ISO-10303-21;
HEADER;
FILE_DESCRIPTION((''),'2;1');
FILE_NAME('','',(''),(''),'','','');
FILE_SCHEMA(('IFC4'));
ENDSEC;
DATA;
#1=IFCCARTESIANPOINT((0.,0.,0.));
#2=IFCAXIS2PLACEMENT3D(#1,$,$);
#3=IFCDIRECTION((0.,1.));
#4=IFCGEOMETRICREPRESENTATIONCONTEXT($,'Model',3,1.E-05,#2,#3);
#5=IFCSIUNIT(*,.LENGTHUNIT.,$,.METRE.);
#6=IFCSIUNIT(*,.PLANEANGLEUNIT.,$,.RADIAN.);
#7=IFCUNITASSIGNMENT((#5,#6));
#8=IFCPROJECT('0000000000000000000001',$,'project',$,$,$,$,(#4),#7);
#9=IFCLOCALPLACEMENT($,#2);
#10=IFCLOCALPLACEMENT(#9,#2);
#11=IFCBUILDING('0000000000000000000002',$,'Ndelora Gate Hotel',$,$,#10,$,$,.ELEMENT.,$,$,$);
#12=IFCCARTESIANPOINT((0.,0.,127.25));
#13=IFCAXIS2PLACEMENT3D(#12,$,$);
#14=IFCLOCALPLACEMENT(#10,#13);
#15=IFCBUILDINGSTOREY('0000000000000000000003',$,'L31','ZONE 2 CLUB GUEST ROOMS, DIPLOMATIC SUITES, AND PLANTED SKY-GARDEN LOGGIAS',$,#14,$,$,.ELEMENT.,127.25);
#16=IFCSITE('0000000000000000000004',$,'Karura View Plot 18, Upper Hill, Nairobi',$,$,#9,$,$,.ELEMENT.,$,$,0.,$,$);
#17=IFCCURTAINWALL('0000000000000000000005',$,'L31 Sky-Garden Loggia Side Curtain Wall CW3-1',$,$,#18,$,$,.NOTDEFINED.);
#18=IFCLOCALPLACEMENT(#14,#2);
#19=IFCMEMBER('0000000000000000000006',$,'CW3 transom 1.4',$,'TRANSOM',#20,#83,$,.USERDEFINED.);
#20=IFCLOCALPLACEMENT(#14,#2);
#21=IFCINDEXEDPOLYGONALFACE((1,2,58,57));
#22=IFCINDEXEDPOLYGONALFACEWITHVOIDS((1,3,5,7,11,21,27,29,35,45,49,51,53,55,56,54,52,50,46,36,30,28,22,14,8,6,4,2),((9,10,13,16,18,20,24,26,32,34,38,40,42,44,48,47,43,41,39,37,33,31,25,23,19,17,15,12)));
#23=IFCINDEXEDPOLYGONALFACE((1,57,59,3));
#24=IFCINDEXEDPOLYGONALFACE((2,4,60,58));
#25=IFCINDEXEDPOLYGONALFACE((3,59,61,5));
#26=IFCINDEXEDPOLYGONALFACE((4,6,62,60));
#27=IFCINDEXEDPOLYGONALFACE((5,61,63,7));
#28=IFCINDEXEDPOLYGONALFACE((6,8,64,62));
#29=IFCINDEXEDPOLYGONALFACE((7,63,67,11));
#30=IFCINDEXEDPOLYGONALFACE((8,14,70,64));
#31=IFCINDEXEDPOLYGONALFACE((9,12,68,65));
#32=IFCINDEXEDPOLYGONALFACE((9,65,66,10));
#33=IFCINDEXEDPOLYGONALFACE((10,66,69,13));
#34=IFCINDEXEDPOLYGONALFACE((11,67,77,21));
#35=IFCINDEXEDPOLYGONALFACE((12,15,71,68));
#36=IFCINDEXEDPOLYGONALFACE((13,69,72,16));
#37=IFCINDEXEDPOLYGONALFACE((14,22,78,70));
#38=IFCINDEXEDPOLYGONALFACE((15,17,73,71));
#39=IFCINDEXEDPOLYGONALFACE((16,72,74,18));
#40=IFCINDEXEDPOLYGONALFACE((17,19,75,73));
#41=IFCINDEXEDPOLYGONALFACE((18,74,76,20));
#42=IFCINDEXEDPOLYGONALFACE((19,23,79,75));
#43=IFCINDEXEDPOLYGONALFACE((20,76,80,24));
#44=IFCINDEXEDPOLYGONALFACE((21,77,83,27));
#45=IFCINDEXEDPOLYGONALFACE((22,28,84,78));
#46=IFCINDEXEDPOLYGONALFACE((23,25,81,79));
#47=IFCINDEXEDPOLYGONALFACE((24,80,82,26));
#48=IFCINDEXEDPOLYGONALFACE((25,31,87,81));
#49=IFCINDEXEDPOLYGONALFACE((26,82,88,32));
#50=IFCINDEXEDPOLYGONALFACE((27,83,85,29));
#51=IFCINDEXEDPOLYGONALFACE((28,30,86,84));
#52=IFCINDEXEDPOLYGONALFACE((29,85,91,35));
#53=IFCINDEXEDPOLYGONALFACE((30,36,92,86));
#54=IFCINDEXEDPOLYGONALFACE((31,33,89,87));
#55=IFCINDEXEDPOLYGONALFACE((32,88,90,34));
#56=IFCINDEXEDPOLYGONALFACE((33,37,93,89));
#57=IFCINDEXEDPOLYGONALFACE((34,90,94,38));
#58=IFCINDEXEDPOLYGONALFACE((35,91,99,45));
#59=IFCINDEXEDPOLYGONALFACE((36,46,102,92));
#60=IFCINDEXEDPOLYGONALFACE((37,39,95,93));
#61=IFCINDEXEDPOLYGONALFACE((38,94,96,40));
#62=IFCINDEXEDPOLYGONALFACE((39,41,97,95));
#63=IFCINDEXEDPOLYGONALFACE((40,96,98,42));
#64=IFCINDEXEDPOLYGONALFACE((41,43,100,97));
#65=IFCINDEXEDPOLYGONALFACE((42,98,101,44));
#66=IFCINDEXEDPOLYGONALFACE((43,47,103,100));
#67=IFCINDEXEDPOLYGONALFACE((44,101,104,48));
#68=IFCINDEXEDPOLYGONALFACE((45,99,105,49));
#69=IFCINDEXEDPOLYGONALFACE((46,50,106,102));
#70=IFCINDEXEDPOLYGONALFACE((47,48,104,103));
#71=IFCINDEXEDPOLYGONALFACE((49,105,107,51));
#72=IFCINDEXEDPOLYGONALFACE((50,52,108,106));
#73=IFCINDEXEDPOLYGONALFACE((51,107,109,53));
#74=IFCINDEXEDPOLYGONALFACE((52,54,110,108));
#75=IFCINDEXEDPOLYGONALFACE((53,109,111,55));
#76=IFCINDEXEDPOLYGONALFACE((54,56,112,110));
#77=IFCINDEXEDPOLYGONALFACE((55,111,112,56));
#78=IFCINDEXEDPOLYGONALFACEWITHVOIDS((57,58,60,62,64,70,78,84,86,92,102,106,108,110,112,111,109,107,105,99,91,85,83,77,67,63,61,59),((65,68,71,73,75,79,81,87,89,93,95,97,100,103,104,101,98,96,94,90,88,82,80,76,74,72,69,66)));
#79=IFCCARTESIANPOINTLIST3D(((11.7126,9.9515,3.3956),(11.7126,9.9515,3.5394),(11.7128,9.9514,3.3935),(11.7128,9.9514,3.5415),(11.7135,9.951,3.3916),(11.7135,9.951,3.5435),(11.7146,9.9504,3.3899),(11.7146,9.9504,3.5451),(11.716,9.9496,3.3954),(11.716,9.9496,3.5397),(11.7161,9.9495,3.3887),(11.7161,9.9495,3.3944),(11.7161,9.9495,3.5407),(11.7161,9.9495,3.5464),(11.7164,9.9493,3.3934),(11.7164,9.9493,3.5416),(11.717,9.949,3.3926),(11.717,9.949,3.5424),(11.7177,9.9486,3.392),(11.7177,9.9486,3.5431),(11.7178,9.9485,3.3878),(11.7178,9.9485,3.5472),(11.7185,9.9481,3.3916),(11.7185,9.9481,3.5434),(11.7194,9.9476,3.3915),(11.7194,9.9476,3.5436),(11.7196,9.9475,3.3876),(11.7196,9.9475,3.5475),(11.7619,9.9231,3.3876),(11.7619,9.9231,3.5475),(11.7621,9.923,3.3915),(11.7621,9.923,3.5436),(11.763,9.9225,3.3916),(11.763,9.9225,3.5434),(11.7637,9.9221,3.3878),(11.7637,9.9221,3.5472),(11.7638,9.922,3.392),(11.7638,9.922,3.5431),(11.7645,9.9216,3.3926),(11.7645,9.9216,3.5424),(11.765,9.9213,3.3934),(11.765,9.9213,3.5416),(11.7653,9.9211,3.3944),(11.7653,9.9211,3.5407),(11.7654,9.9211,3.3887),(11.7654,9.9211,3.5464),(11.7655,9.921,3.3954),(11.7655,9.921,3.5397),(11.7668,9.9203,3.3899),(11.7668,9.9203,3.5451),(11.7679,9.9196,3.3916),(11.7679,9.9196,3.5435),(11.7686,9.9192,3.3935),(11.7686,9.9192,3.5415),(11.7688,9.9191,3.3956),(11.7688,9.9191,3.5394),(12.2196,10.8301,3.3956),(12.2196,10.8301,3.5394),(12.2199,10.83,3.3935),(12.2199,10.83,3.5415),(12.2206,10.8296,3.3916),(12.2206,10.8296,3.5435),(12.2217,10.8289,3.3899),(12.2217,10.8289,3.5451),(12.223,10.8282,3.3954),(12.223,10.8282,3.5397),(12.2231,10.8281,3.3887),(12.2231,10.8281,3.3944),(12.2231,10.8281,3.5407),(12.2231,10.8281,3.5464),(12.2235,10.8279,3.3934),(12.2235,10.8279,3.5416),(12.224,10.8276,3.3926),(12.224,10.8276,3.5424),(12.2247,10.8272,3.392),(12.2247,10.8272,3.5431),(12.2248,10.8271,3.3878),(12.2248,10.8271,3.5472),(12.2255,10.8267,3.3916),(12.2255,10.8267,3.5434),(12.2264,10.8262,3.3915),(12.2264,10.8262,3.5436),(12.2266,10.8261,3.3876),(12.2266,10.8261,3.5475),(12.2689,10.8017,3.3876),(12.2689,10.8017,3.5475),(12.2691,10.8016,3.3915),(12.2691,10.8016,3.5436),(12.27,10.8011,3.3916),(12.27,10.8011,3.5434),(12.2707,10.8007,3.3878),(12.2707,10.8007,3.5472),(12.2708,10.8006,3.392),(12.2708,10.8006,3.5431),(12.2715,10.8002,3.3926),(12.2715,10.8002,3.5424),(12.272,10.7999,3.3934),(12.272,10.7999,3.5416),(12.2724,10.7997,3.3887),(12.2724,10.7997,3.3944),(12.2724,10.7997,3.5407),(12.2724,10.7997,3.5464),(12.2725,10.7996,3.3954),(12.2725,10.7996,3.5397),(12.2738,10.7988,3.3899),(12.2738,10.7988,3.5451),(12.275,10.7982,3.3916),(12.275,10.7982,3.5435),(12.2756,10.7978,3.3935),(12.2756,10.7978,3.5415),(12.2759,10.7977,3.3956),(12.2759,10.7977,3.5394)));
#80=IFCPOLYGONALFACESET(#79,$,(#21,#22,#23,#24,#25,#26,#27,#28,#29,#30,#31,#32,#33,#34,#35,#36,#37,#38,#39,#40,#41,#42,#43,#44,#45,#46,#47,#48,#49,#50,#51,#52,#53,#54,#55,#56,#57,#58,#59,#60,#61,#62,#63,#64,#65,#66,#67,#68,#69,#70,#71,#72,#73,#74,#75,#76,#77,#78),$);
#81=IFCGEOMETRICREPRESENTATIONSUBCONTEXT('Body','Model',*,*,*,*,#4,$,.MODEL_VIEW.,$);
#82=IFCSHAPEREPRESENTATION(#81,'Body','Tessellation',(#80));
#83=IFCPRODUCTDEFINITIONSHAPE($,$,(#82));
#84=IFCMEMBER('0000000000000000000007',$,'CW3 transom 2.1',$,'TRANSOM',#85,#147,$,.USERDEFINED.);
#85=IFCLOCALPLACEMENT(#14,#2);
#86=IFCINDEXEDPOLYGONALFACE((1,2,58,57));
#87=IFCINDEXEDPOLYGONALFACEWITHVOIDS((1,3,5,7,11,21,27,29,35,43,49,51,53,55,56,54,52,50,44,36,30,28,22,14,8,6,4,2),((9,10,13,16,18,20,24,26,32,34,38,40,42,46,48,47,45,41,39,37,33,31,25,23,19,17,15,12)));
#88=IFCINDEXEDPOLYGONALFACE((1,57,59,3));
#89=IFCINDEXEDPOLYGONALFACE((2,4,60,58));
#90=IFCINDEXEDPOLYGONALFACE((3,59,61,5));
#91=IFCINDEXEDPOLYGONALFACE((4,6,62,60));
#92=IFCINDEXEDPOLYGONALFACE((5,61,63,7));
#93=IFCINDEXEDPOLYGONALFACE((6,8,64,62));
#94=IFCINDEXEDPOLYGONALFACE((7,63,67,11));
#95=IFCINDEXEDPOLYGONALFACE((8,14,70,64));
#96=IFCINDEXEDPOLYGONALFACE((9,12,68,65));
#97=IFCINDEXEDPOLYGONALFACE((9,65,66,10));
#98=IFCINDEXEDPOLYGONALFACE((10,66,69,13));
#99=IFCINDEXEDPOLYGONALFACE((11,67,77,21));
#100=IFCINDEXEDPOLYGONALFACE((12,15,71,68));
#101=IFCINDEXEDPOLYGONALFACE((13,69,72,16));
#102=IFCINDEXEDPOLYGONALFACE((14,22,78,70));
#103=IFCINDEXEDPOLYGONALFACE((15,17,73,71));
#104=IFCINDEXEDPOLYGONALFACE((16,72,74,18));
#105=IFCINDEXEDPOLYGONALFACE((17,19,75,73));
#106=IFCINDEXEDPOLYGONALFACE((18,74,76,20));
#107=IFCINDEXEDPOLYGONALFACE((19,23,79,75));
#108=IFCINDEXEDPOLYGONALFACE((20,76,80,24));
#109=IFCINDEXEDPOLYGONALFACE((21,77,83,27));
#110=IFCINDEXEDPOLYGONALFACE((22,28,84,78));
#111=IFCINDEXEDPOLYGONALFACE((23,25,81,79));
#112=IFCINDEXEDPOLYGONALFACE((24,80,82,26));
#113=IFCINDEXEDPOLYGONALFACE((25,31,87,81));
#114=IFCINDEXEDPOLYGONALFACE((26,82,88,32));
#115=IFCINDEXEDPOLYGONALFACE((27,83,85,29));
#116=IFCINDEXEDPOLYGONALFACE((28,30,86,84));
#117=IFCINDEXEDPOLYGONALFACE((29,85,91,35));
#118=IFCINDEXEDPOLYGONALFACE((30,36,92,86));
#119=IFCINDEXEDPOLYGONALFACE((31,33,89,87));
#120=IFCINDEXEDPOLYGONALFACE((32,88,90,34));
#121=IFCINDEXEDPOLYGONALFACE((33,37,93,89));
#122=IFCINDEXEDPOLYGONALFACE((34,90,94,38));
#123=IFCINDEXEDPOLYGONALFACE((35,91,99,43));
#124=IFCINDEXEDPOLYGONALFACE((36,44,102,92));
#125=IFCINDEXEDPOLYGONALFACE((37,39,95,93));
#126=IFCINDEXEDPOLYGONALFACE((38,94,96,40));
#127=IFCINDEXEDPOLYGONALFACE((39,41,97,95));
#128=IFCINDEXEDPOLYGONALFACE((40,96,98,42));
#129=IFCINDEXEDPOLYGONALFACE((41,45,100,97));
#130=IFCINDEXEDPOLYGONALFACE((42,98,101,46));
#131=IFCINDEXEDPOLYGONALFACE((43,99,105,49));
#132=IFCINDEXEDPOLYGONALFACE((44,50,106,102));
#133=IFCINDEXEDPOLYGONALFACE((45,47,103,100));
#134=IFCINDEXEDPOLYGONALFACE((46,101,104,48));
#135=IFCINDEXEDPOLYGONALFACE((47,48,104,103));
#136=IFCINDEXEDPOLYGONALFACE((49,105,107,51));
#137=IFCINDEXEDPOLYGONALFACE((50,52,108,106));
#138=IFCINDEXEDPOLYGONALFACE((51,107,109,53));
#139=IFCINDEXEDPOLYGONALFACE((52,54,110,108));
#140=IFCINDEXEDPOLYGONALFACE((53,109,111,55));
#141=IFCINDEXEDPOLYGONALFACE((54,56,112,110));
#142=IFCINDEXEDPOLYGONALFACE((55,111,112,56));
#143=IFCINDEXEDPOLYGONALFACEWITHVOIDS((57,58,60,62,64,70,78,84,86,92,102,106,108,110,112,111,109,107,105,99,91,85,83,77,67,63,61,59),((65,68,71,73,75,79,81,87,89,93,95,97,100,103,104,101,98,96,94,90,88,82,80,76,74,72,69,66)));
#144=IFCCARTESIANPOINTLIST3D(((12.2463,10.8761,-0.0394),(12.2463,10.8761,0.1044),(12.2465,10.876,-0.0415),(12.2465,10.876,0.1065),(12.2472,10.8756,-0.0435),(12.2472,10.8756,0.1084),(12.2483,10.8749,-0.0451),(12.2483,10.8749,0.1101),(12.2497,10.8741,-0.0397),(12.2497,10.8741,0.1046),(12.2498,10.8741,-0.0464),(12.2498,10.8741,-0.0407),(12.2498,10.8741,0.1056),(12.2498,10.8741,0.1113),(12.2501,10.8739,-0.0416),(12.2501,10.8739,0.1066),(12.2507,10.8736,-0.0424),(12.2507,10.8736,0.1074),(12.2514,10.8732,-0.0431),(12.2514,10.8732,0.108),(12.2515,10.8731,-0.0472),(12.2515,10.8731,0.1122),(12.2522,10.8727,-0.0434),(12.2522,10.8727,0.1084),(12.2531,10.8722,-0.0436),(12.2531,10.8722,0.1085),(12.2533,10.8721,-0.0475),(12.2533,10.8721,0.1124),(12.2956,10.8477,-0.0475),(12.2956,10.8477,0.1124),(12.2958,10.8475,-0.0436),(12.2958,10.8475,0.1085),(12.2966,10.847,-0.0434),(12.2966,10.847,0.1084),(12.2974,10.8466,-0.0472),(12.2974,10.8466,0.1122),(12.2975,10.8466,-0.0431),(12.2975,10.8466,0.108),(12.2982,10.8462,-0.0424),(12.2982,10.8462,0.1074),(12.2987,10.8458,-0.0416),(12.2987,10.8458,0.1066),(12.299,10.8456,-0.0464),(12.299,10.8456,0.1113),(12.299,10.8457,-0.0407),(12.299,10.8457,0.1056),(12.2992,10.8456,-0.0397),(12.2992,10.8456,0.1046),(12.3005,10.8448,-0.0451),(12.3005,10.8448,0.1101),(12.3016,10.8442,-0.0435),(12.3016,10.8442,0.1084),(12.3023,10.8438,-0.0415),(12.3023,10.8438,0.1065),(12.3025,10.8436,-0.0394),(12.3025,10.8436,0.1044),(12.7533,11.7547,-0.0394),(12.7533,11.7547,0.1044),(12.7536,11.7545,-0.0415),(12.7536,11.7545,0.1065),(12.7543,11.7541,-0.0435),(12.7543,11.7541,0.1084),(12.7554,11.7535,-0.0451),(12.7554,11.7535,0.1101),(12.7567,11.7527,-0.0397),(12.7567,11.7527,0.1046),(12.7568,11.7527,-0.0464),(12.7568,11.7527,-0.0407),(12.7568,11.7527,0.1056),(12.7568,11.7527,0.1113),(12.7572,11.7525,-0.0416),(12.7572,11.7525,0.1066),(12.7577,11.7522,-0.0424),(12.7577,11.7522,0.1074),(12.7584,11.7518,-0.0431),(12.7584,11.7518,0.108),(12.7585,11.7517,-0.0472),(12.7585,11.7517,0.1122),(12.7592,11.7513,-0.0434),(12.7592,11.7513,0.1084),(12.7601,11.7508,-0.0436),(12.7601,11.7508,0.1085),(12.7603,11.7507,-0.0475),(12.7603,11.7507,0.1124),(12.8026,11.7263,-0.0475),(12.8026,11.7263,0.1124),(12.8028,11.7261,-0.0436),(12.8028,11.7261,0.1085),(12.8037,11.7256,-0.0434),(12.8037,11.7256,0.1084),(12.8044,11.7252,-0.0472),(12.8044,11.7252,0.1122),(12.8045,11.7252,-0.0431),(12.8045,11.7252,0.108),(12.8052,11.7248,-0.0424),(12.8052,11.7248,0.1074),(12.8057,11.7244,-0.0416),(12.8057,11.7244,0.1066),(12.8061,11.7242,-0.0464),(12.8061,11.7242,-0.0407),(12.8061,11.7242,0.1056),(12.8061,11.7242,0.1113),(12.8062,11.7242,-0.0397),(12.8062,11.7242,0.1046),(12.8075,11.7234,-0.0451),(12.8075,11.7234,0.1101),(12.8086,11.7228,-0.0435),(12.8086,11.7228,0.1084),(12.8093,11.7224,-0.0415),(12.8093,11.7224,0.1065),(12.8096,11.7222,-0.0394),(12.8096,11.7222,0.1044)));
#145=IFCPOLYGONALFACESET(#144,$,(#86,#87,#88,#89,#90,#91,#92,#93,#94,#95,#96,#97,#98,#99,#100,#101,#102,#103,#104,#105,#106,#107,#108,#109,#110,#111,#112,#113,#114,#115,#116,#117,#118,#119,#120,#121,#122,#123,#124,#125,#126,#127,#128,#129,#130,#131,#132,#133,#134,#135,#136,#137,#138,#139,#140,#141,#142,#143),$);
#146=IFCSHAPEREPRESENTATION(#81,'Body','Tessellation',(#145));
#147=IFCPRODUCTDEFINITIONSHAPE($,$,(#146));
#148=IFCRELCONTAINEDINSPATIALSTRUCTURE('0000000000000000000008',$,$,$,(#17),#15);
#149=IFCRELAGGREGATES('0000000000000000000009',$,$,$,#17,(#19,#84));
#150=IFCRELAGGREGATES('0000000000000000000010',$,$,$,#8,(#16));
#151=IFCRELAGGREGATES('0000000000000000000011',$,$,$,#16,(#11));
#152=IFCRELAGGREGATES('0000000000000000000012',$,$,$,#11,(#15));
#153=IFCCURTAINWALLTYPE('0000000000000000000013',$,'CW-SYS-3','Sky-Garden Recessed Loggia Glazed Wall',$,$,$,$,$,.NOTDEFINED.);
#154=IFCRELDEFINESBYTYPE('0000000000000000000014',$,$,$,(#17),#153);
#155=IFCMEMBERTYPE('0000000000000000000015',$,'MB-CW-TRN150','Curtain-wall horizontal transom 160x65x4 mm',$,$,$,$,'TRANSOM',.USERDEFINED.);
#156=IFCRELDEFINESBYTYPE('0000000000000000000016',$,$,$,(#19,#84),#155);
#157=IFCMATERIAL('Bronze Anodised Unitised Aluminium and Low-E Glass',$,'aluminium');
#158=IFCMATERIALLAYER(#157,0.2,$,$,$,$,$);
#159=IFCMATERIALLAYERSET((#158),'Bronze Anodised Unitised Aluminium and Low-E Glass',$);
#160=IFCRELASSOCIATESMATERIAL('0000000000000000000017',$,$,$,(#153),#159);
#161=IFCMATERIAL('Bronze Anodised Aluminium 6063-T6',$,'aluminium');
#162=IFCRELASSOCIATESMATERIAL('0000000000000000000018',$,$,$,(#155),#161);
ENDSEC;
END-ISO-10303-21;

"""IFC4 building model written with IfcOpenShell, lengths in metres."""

from ifc_helpers import new_model, si_unit, direction, frame, origin, origin_2d, place, context, subcontext, project, spatial, hollow_rectangle, extrude, material, layer, layer_set, material_profile, profile_set, type_object, element, aggregate, save


model = new_model("IFC4")

# Units and contexts
model_context = context("Model", 3, precision=1e-05, world=origin(), true_north=direction((0.0, 1.0)))
body_context = subcontext(model_context, "Body", "Model", "MODEL_VIEW")
ifc_project = project(units=[si_unit("LENGTHUNIT", "METRE"), si_unit("PLANEANGLEUNIT", "RADIAN")], contexts=[model_context])

# Site, building, storey
site_placement = place(None, origin())
site = spatial("IfcSite", under=ifc_project, at=site_placement, Name="Karura View Plot 18, Upper Hill, Nairobi", CompositionType="ELEMENT", RefElevation=0.0)
building_placement = place(site_placement, origin())
building = spatial("IfcBuilding", under=site, at=building_placement, Name="Ndelora Gate Hotel", CompositionType="ELEMENT")
storey_placement = place(building_placement, frame((0.0, 0.0, 127.25)))
storey = spatial("IfcBuildingStorey", under=building, at=storey_placement, Name="L31", Description="ZONE 2 CLUB GUEST ROOMS, DIPLOMATIC SUITES, AND PLANTED SKY-GARDEN LOGGIAS", CompositionType="ELEMENT", Elevation=127.25)

# Curtain wall, members
ifc_material_1 = material(Name="Bronze Anodised Unitised Aluminium and Low-E Glass", Category="aluminium")
ifc_layer_1 = layer(ifc_material_1, 0.2)
ifc_layer_set_1 = layer_set([ifc_layer_1], Name="Bronze Anodised Unitised Aluminium and Low-E Glass")
curtain_wall_type = type_object("IfcCurtainWallType", Name="CW-SYS-3", Description="Sky-Garden Recessed Loggia Glazed Wall", PredefinedType="NOTDEFINED", material=ifc_layer_set_1)
curtain_wall_placement = place(storey_placement, origin())
curtain_wall = element("IfcCurtainWall", 1, at=curtain_wall_placement, inside=storey, type_object=curtain_wall_type, Name="L31 Sky-Garden Loggia Side Curtain Wall CW3-1", PredefinedType="NOTDEFINED")
ifc_material_2 = material(Name="Bronze Anodised Aluminium 6063-T6", Category="aluminium")
ifc_material_profile_1 = material_profile(ifc_material_2, hollow_rectangle(XDim=0.0649, YDim=0.1599, WallThickness=0.0039, InnerFilletRadius=0.0039, OuterFilletRadius=0.0081, at=origin_2d()), Name="ALU 160x65x4")
ifc_profile_set_1 = profile_set([ifc_material_profile_1], Name="Bronze Anodised Aluminium 6063-T6")
member_type_1 = type_object("IfcMemberType", Name="MB-CW-TRN150", Description="Curtain-wall horizontal transom 160x65x4 mm", ElementType="TRANSOM", PredefinedType="USERDEFINED", material=ifc_profile_set_1)
member_1_placement = place(storey_placement, frame((11.7407, 9.9353, 3.4675), z_axis=(0.499841, 0.866117, 0.0), x_axis=(-0.866117, 0.499841, 0.0)))
member_1 = element("IfcMember", 2, at=member_1_placement, type_object=member_type_1, Name="CW3 transom 1.4", ObjectType="TRANSOM", PredefinedType="USERDEFINED", context=body_context, shape_type="SweptSolid", body=[
    extrude(hollow_rectangle(XDim=0.0649, YDim=0.1599, WallThickness=0.0039, InnerFilletRadius=0.0039, OuterFilletRadius=0.0081, at=origin_2d()), origin(), (0.0, 0.0, 1.0), 1.0144),
])
member_2_placement = place(storey_placement, frame((12.2744, 10.8599, 0.0325), z_axis=(0.499841, 0.866117, 0.0), x_axis=(-0.866117, 0.499841, 0.0)))
member_2 = element("IfcMember", 3, at=member_2_placement, type_object=member_type_1, Name="CW3 transom 2.1", ObjectType="TRANSOM", PredefinedType="USERDEFINED", context=body_context, shape_type="SweptSolid", body=[
    extrude(hollow_rectangle(XDim=0.0649, YDim=0.1599, WallThickness=0.0039, InnerFilletRadius=0.0039, OuterFilletRadius=0.0081, at=origin_2d()), origin(), (0.0, 0.0, 1.0), 1.0144),
])
aggregate(curtain_wall, [member_1, member_2])

save(model, "model.ifc")
